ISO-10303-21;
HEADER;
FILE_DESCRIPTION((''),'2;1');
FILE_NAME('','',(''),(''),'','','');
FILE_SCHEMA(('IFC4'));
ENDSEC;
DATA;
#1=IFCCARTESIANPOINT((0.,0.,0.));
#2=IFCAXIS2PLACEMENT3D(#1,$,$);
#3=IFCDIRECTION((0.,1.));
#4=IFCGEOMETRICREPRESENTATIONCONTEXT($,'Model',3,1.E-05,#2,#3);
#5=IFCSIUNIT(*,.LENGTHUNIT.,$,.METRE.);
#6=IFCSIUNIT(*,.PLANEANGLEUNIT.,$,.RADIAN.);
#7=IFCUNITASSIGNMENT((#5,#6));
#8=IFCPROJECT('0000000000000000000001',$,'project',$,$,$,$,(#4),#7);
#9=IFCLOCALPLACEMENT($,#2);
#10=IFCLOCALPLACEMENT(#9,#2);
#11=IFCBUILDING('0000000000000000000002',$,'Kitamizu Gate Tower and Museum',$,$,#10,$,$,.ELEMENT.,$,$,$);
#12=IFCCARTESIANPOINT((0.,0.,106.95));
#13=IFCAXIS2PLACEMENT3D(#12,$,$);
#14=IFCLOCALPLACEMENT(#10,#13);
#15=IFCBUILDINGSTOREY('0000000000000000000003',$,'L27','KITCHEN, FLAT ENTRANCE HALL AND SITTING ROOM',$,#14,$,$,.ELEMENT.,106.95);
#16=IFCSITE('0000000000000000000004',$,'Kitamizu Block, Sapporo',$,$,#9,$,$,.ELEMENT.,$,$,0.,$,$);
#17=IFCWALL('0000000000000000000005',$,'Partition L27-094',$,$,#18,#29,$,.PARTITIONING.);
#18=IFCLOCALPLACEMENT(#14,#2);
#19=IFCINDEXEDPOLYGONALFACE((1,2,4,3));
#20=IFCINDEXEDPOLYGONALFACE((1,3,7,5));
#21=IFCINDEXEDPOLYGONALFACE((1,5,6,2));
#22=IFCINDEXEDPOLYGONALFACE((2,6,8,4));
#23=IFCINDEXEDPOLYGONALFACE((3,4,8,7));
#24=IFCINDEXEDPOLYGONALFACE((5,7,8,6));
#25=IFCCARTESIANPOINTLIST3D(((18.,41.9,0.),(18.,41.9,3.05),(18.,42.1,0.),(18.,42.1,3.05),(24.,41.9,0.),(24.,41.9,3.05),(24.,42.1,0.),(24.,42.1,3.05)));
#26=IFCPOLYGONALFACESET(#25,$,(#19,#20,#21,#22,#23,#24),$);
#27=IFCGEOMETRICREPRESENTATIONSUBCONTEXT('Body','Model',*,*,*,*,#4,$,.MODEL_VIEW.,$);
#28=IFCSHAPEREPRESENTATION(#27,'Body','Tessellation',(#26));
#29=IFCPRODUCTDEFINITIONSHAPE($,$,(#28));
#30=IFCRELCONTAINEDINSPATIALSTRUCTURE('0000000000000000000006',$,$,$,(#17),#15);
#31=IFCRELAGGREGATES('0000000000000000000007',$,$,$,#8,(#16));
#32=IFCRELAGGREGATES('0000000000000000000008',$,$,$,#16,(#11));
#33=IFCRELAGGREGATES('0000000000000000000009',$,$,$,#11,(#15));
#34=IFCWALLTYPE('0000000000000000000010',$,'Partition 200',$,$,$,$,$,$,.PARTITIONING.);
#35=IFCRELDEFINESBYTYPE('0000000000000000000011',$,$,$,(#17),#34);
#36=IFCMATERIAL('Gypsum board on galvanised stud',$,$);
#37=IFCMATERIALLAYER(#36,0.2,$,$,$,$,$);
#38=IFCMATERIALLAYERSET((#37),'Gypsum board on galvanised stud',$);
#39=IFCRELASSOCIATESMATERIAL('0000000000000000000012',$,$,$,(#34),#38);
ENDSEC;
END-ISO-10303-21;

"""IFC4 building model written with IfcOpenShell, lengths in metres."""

from ifc_helpers import new_model, si_unit, direction, frame, frame_2d, origin, place, context, subcontext, project, spatial, rectangle, extrude, material, layer, layer_set, type_object, element, save


model = new_model("IFC4")

# Units and contexts
model_context = context("Model", 3, precision=1e-05, world=origin(), true_north=direction((0.0, 1.0)))
body_context = subcontext(model_context, "Body", "Model", "MODEL_VIEW")
ifc_project = project(units=[si_unit("LENGTHUNIT", "METRE"), si_unit("PLANEANGLEUNIT", "RADIAN")], contexts=[model_context])

# Site, building, storey
site_placement = place(None, origin())
site = spatial("IfcSite", under=ifc_project, at=site_placement, Name="Kitamizu Block, Sapporo", CompositionType="ELEMENT", RefElevation=0.0)
building_placement = place(site_placement, origin())
building = spatial("IfcBuilding", under=site, at=building_placement, Name="Kitamizu Gate Tower and Museum", CompositionType="ELEMENT")
storey_placement = place(building_placement, frame((0.0, 0.0, 106.95)))
storey = spatial("IfcBuildingStorey", under=building, at=storey_placement, Name="L27", Description="KITCHEN, FLAT ENTRANCE HALL AND SITTING ROOM", CompositionType="ELEMENT", Elevation=106.95)

# Shared definitions
ifc_material_1 = material(Name="Gypsum board on galvanised stud")
ifc_layer_1 = layer(ifc_material_1, 0.2)
ifc_layer_set_1 = layer_set([ifc_layer_1], Name="Gypsum board on galvanised stud")
wall_type_1 = type_object("IfcWallType", Name="Partition 200", PredefinedType="PARTITIONING", material=ifc_layer_set_1)

# Wall
wall_1_placement = place(storey_placement, frame((18.0, 42.0, 0.0), z_axis=(0.0, 0.0, 1.0), x_axis=(1.0, 0.0, 0.0)))
element("IfcWall", 1, at=wall_1_placement, inside=storey, type_object=wall_type_1, Name="Partition L27-094", PredefinedType="PARTITIONING", context=body_context, shape_type="SweptSolid", body=[
    extrude(rectangle(XDim=6.0, YDim=0.2, at=frame_2d((3.0, 0.0))), origin(), (0.0, 0.0, 1.0), 3.05),
])

save(model, "model.ifc")
